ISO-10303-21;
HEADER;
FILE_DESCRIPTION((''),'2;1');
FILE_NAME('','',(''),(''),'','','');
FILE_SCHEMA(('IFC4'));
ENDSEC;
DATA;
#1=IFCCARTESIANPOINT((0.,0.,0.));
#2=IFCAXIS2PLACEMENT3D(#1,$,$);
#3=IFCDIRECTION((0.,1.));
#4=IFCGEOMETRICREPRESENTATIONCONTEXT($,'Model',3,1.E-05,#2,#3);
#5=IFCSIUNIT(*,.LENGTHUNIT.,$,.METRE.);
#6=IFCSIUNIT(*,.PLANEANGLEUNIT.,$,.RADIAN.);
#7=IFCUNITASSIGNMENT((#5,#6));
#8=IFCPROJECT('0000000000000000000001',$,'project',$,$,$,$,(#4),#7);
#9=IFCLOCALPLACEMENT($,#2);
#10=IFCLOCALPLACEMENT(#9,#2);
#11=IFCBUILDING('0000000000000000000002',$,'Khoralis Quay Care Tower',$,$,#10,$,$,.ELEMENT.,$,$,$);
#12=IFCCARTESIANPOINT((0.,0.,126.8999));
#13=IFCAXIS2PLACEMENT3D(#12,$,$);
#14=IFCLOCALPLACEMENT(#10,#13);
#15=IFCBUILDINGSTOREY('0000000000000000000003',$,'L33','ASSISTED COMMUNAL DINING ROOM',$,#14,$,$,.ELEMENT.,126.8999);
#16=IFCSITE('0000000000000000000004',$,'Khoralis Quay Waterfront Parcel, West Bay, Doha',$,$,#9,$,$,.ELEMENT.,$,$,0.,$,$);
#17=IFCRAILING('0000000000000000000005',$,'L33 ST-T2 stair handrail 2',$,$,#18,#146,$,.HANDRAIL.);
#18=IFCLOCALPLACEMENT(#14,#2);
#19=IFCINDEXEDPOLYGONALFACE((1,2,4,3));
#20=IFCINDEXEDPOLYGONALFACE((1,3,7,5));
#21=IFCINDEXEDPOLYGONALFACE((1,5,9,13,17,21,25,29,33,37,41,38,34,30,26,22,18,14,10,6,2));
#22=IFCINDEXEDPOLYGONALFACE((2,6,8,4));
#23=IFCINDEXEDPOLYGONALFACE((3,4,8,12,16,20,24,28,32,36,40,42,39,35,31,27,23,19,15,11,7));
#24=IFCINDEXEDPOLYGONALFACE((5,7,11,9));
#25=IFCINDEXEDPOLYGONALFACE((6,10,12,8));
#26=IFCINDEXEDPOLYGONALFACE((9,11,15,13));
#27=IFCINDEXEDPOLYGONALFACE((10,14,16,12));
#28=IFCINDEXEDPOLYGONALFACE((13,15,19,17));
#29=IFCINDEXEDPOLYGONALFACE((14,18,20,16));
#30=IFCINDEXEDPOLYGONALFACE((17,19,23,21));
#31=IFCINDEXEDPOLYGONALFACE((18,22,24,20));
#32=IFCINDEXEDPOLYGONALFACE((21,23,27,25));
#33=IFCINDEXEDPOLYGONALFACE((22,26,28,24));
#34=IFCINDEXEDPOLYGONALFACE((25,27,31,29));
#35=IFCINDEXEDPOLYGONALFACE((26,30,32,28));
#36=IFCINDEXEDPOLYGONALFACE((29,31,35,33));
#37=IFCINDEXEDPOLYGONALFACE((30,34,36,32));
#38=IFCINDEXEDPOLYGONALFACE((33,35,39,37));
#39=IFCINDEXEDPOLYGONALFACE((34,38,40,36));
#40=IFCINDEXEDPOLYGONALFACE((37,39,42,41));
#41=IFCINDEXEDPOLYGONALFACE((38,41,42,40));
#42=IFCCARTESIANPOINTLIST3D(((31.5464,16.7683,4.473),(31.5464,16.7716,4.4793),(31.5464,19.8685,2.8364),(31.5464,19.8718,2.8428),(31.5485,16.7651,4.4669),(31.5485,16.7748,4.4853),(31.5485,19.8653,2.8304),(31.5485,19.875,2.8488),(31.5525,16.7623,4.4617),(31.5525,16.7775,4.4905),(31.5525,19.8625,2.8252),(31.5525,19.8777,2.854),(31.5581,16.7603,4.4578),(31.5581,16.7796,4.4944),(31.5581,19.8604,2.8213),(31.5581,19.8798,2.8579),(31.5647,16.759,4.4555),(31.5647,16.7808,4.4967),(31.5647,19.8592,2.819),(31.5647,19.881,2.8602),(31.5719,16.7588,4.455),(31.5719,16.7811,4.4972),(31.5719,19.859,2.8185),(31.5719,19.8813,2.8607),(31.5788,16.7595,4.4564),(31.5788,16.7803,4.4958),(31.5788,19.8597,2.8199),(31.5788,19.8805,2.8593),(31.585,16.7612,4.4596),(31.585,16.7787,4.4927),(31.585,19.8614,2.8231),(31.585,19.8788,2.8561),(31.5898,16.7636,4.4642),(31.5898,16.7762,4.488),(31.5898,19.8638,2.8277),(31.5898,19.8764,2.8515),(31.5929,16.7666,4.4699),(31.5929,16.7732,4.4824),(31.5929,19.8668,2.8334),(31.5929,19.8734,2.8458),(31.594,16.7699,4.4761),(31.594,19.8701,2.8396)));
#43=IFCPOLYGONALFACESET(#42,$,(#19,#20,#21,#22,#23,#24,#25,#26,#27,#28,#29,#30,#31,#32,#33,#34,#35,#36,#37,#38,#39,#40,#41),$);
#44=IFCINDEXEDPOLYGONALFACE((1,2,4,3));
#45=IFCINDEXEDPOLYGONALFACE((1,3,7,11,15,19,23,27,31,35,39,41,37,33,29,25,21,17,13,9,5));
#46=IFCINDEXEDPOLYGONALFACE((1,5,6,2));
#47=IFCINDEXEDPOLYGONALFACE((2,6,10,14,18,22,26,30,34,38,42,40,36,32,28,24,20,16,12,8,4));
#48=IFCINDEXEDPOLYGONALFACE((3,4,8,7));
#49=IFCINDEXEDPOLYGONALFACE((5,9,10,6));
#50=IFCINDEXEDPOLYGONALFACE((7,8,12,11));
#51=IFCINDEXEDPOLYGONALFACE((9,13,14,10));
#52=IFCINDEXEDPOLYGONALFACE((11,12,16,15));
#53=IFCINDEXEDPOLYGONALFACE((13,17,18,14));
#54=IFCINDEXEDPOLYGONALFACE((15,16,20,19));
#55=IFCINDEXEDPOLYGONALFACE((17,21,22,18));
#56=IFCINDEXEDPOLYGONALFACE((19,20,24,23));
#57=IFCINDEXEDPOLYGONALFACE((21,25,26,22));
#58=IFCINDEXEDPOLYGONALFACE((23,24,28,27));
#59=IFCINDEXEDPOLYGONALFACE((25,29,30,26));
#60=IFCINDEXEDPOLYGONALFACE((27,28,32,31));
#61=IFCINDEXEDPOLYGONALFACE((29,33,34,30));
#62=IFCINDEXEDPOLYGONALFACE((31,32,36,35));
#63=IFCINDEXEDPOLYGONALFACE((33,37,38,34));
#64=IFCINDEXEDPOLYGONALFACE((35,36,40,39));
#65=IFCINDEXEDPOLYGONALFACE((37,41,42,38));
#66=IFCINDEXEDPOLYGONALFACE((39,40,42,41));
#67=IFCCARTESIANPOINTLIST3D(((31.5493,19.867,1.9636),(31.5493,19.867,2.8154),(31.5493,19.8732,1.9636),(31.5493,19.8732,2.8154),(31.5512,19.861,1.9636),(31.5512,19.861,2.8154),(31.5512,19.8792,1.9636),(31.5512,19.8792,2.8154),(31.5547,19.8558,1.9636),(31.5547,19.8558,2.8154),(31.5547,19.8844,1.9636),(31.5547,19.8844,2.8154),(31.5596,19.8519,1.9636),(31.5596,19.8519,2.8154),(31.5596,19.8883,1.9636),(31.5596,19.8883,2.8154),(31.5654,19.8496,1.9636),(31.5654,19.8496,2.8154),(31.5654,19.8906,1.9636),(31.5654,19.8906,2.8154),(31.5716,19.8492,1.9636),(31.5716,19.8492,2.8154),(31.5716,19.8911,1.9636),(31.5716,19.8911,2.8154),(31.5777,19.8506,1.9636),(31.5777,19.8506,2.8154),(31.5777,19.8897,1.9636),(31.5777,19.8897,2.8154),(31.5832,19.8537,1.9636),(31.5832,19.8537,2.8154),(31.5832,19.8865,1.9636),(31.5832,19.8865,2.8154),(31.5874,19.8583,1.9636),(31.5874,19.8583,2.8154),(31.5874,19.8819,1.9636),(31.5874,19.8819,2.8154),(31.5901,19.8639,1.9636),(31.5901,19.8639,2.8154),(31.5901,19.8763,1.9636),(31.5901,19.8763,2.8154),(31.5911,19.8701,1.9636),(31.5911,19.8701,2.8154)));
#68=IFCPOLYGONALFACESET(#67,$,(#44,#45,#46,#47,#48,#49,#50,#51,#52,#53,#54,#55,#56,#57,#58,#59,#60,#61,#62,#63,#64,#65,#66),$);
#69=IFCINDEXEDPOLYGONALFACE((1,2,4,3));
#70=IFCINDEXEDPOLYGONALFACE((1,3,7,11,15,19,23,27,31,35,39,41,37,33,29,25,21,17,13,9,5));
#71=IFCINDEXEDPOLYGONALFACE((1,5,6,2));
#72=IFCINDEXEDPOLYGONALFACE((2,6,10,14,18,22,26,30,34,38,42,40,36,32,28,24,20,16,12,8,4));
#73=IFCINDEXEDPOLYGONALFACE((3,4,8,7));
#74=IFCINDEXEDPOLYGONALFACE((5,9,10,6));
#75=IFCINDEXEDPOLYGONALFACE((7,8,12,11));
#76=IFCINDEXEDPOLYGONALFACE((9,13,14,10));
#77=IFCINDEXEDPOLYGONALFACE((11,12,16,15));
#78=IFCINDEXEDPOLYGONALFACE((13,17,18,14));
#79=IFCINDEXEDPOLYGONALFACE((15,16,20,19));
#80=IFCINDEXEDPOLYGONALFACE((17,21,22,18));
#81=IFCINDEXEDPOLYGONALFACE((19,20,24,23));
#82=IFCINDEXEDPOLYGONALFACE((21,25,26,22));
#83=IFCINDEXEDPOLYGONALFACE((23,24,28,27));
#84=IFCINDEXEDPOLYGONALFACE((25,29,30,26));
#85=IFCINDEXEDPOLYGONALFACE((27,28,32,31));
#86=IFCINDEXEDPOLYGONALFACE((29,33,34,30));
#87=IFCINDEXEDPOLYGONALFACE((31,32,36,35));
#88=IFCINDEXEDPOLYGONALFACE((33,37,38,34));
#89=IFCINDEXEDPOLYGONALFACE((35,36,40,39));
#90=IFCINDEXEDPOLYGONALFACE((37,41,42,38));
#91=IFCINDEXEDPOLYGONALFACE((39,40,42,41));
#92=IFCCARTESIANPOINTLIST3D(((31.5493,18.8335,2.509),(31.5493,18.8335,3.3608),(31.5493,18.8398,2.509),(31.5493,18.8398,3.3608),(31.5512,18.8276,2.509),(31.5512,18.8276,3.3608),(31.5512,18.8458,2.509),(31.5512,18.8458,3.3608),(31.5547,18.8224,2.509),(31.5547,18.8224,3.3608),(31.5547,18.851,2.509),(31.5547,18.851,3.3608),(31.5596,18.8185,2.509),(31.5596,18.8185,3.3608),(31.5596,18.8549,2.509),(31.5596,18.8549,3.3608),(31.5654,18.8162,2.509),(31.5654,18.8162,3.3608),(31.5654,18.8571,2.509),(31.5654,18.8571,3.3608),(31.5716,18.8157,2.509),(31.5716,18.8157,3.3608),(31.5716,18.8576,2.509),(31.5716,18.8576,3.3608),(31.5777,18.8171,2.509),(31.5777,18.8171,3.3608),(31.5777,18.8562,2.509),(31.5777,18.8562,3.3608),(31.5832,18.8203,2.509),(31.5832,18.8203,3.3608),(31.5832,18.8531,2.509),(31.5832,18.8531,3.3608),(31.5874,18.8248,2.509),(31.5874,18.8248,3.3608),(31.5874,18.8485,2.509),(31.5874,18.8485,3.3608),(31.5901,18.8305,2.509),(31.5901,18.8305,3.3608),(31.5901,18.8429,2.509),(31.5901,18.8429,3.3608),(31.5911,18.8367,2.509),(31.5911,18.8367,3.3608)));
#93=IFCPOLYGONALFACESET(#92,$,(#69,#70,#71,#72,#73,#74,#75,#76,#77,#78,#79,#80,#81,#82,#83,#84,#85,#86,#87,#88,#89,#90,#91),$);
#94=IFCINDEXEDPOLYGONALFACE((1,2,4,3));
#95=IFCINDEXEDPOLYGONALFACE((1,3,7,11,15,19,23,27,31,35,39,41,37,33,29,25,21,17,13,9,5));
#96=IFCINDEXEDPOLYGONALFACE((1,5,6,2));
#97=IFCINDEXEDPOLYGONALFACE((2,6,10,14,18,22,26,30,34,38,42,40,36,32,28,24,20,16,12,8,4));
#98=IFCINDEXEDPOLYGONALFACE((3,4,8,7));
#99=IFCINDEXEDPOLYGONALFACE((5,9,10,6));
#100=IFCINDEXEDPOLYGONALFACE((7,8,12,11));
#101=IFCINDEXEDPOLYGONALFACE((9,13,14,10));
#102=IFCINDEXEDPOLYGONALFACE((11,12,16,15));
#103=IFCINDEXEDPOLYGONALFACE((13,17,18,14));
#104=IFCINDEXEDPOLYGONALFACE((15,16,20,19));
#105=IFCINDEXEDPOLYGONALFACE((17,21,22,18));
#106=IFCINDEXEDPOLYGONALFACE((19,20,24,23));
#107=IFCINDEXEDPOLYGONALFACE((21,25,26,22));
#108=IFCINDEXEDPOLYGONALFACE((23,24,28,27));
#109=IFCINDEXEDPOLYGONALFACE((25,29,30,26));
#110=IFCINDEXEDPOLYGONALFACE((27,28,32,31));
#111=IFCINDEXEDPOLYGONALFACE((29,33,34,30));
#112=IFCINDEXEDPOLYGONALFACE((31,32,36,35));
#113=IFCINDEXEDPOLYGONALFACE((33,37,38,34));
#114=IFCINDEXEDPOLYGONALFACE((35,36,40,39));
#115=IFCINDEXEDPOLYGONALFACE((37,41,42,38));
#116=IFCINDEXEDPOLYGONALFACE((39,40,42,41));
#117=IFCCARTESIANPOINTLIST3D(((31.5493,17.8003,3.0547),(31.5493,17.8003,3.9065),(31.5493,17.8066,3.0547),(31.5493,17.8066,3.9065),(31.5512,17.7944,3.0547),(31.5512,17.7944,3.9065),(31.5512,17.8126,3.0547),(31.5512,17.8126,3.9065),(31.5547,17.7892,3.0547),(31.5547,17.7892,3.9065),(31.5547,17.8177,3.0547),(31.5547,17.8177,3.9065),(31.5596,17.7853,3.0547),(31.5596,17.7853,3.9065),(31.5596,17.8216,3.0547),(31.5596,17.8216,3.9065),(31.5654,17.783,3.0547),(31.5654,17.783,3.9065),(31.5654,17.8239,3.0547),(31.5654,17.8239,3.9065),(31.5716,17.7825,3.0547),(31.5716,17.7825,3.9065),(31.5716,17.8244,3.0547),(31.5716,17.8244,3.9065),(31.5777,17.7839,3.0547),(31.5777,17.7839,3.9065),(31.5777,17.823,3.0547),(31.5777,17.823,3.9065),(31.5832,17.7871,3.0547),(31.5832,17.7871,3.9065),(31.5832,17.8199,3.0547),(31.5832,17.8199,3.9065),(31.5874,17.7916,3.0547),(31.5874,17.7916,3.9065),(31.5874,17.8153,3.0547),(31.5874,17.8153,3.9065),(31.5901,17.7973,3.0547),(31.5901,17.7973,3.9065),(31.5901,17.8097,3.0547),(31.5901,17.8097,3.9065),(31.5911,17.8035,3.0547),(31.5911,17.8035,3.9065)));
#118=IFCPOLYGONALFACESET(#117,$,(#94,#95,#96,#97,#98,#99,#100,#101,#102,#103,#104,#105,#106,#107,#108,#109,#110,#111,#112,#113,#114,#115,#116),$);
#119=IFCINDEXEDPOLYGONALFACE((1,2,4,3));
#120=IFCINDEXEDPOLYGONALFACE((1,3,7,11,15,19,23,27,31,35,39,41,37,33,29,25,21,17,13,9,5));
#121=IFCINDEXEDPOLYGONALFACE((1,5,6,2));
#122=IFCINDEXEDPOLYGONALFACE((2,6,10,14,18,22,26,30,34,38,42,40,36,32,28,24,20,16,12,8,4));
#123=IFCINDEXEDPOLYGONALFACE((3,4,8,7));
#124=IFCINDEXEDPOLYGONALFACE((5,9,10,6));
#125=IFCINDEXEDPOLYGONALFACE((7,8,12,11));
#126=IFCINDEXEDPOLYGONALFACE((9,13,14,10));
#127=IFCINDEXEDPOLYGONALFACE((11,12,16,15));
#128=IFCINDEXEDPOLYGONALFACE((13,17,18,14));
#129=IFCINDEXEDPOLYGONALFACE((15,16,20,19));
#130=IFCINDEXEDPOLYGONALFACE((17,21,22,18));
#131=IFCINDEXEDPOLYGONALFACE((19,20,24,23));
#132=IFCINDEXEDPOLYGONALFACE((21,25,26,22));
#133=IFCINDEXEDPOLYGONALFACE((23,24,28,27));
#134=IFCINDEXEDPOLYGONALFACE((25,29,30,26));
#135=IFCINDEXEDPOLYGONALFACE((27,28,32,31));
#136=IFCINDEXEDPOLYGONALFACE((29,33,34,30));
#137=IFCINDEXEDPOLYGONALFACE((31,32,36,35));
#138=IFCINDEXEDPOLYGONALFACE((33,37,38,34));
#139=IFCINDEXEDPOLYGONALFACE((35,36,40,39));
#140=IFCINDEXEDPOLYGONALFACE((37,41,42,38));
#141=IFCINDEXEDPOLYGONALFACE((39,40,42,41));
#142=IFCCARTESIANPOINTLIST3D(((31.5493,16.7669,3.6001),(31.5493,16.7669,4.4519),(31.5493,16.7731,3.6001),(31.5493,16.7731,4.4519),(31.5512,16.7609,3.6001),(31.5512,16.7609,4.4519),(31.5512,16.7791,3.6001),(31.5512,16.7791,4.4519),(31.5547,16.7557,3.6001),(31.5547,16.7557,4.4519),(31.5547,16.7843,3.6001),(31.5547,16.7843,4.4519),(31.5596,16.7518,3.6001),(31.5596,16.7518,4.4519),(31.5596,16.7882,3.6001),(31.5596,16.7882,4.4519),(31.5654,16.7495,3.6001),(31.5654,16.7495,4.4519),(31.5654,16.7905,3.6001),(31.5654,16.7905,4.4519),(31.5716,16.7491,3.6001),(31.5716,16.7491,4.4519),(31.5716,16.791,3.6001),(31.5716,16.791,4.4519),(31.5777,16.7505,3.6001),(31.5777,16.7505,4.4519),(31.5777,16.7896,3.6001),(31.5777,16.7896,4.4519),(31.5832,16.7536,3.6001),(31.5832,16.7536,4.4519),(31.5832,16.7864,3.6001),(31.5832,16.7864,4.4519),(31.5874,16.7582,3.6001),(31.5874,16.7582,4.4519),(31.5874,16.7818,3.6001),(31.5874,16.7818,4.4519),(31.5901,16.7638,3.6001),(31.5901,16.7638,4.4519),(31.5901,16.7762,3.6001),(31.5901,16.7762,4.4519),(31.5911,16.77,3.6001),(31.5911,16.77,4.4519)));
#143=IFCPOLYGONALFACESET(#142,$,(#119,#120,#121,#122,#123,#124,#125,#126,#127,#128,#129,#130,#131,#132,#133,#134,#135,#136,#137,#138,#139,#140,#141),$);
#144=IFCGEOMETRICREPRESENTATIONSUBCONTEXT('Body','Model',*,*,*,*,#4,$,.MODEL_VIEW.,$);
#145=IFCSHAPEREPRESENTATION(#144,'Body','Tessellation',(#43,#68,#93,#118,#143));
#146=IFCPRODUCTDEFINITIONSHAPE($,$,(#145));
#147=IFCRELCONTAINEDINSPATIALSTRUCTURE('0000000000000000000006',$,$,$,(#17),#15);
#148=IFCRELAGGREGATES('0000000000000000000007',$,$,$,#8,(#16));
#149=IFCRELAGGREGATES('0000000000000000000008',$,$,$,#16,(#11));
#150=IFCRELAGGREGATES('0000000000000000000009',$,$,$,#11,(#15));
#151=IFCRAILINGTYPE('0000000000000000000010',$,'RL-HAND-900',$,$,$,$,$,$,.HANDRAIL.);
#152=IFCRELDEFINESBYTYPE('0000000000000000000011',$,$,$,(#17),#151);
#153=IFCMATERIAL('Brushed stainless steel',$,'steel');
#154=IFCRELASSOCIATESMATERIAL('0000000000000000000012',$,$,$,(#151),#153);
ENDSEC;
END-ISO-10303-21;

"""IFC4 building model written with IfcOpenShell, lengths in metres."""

from ifc_helpers import new_model, si_unit, direction, frame, origin, origin_2d, place, context, subcontext, project, spatial, circle, extrude, material, type_object, element, save


model = new_model("IFC4")

# Units and contexts
model_context = context("Model", 3, precision=1e-05, world=origin(), true_north=direction((0.0, 1.0)))
body_context = subcontext(model_context, "Body", "Model", "MODEL_VIEW")
ifc_project = project(units=[si_unit("LENGTHUNIT", "METRE"), si_unit("PLANEANGLEUNIT", "RADIAN")], contexts=[model_context])

# Site, building, storey
site_placement = place(None, origin())
site = spatial("IfcSite", under=ifc_project, at=site_placement, Name="Khoralis Quay Waterfront Parcel, West Bay, Doha", CompositionType="ELEMENT", RefElevation=0.0)
building_placement = place(site_placement, origin())
building = spatial("IfcBuilding", under=site, at=building_placement, Name="Khoralis Quay Care Tower", CompositionType="ELEMENT")
storey_placement = place(building_placement, frame((0.0, 0.0, 126.8999)))
storey = spatial("IfcBuildingStorey", under=building, at=storey_placement, Name="L33", Description="ASSISTED COMMUNAL DINING ROOM", CompositionType="ELEMENT", Elevation=126.8999)

# Shared definitions
ifc_material_1 = material(Name="Brushed stainless steel", Category="steel")

# Railing
railing_type = type_object("IfcRailingType", Name="RL-HAND-900", PredefinedType="HANDRAIL", material=ifc_material_1)
railing_placement = place(storey_placement, frame((31.5701, 19.8701, 1.9636)))
element("IfcRailing", 1, at=railing_placement, inside=storey, type_object=railing_type, Name="L33 ST-T2 stair handrail 2", PredefinedType="HANDRAIL", context=body_context, shape_type="SweptSolid", body=[
    extrude(circle(Radius=0.0239, at=origin_2d()), frame((0.0, 0.0, 0.876), z_axis=(0.0, -0.884348, 0.466828), x_axis=(1.0, 0.0, 0.0)), (0.0, 0.0, 1.0), 3.5056),
    extrude(circle(Radius=0.021, at=origin_2d()), origin(), (0.0, 0.0, 1.0), 0.8518),
    extrude(circle(Radius=0.021, at=origin_2d()), frame((0.0, -1.0334, 0.5454)), (0.0, 0.0, 1.0), 0.8518),
    extrude(circle(Radius=0.021, at=origin_2d()), frame((0.0, -2.0667, 1.0911)), (0.0, 0.0, 1.0), 0.8518),
    extrude(circle(Radius=0.021, at=origin_2d()), frame((0.0, -3.1001, 1.6365)), (0.0, 0.0, 1.0), 0.8518),
])

save(model, "model.ifc")
